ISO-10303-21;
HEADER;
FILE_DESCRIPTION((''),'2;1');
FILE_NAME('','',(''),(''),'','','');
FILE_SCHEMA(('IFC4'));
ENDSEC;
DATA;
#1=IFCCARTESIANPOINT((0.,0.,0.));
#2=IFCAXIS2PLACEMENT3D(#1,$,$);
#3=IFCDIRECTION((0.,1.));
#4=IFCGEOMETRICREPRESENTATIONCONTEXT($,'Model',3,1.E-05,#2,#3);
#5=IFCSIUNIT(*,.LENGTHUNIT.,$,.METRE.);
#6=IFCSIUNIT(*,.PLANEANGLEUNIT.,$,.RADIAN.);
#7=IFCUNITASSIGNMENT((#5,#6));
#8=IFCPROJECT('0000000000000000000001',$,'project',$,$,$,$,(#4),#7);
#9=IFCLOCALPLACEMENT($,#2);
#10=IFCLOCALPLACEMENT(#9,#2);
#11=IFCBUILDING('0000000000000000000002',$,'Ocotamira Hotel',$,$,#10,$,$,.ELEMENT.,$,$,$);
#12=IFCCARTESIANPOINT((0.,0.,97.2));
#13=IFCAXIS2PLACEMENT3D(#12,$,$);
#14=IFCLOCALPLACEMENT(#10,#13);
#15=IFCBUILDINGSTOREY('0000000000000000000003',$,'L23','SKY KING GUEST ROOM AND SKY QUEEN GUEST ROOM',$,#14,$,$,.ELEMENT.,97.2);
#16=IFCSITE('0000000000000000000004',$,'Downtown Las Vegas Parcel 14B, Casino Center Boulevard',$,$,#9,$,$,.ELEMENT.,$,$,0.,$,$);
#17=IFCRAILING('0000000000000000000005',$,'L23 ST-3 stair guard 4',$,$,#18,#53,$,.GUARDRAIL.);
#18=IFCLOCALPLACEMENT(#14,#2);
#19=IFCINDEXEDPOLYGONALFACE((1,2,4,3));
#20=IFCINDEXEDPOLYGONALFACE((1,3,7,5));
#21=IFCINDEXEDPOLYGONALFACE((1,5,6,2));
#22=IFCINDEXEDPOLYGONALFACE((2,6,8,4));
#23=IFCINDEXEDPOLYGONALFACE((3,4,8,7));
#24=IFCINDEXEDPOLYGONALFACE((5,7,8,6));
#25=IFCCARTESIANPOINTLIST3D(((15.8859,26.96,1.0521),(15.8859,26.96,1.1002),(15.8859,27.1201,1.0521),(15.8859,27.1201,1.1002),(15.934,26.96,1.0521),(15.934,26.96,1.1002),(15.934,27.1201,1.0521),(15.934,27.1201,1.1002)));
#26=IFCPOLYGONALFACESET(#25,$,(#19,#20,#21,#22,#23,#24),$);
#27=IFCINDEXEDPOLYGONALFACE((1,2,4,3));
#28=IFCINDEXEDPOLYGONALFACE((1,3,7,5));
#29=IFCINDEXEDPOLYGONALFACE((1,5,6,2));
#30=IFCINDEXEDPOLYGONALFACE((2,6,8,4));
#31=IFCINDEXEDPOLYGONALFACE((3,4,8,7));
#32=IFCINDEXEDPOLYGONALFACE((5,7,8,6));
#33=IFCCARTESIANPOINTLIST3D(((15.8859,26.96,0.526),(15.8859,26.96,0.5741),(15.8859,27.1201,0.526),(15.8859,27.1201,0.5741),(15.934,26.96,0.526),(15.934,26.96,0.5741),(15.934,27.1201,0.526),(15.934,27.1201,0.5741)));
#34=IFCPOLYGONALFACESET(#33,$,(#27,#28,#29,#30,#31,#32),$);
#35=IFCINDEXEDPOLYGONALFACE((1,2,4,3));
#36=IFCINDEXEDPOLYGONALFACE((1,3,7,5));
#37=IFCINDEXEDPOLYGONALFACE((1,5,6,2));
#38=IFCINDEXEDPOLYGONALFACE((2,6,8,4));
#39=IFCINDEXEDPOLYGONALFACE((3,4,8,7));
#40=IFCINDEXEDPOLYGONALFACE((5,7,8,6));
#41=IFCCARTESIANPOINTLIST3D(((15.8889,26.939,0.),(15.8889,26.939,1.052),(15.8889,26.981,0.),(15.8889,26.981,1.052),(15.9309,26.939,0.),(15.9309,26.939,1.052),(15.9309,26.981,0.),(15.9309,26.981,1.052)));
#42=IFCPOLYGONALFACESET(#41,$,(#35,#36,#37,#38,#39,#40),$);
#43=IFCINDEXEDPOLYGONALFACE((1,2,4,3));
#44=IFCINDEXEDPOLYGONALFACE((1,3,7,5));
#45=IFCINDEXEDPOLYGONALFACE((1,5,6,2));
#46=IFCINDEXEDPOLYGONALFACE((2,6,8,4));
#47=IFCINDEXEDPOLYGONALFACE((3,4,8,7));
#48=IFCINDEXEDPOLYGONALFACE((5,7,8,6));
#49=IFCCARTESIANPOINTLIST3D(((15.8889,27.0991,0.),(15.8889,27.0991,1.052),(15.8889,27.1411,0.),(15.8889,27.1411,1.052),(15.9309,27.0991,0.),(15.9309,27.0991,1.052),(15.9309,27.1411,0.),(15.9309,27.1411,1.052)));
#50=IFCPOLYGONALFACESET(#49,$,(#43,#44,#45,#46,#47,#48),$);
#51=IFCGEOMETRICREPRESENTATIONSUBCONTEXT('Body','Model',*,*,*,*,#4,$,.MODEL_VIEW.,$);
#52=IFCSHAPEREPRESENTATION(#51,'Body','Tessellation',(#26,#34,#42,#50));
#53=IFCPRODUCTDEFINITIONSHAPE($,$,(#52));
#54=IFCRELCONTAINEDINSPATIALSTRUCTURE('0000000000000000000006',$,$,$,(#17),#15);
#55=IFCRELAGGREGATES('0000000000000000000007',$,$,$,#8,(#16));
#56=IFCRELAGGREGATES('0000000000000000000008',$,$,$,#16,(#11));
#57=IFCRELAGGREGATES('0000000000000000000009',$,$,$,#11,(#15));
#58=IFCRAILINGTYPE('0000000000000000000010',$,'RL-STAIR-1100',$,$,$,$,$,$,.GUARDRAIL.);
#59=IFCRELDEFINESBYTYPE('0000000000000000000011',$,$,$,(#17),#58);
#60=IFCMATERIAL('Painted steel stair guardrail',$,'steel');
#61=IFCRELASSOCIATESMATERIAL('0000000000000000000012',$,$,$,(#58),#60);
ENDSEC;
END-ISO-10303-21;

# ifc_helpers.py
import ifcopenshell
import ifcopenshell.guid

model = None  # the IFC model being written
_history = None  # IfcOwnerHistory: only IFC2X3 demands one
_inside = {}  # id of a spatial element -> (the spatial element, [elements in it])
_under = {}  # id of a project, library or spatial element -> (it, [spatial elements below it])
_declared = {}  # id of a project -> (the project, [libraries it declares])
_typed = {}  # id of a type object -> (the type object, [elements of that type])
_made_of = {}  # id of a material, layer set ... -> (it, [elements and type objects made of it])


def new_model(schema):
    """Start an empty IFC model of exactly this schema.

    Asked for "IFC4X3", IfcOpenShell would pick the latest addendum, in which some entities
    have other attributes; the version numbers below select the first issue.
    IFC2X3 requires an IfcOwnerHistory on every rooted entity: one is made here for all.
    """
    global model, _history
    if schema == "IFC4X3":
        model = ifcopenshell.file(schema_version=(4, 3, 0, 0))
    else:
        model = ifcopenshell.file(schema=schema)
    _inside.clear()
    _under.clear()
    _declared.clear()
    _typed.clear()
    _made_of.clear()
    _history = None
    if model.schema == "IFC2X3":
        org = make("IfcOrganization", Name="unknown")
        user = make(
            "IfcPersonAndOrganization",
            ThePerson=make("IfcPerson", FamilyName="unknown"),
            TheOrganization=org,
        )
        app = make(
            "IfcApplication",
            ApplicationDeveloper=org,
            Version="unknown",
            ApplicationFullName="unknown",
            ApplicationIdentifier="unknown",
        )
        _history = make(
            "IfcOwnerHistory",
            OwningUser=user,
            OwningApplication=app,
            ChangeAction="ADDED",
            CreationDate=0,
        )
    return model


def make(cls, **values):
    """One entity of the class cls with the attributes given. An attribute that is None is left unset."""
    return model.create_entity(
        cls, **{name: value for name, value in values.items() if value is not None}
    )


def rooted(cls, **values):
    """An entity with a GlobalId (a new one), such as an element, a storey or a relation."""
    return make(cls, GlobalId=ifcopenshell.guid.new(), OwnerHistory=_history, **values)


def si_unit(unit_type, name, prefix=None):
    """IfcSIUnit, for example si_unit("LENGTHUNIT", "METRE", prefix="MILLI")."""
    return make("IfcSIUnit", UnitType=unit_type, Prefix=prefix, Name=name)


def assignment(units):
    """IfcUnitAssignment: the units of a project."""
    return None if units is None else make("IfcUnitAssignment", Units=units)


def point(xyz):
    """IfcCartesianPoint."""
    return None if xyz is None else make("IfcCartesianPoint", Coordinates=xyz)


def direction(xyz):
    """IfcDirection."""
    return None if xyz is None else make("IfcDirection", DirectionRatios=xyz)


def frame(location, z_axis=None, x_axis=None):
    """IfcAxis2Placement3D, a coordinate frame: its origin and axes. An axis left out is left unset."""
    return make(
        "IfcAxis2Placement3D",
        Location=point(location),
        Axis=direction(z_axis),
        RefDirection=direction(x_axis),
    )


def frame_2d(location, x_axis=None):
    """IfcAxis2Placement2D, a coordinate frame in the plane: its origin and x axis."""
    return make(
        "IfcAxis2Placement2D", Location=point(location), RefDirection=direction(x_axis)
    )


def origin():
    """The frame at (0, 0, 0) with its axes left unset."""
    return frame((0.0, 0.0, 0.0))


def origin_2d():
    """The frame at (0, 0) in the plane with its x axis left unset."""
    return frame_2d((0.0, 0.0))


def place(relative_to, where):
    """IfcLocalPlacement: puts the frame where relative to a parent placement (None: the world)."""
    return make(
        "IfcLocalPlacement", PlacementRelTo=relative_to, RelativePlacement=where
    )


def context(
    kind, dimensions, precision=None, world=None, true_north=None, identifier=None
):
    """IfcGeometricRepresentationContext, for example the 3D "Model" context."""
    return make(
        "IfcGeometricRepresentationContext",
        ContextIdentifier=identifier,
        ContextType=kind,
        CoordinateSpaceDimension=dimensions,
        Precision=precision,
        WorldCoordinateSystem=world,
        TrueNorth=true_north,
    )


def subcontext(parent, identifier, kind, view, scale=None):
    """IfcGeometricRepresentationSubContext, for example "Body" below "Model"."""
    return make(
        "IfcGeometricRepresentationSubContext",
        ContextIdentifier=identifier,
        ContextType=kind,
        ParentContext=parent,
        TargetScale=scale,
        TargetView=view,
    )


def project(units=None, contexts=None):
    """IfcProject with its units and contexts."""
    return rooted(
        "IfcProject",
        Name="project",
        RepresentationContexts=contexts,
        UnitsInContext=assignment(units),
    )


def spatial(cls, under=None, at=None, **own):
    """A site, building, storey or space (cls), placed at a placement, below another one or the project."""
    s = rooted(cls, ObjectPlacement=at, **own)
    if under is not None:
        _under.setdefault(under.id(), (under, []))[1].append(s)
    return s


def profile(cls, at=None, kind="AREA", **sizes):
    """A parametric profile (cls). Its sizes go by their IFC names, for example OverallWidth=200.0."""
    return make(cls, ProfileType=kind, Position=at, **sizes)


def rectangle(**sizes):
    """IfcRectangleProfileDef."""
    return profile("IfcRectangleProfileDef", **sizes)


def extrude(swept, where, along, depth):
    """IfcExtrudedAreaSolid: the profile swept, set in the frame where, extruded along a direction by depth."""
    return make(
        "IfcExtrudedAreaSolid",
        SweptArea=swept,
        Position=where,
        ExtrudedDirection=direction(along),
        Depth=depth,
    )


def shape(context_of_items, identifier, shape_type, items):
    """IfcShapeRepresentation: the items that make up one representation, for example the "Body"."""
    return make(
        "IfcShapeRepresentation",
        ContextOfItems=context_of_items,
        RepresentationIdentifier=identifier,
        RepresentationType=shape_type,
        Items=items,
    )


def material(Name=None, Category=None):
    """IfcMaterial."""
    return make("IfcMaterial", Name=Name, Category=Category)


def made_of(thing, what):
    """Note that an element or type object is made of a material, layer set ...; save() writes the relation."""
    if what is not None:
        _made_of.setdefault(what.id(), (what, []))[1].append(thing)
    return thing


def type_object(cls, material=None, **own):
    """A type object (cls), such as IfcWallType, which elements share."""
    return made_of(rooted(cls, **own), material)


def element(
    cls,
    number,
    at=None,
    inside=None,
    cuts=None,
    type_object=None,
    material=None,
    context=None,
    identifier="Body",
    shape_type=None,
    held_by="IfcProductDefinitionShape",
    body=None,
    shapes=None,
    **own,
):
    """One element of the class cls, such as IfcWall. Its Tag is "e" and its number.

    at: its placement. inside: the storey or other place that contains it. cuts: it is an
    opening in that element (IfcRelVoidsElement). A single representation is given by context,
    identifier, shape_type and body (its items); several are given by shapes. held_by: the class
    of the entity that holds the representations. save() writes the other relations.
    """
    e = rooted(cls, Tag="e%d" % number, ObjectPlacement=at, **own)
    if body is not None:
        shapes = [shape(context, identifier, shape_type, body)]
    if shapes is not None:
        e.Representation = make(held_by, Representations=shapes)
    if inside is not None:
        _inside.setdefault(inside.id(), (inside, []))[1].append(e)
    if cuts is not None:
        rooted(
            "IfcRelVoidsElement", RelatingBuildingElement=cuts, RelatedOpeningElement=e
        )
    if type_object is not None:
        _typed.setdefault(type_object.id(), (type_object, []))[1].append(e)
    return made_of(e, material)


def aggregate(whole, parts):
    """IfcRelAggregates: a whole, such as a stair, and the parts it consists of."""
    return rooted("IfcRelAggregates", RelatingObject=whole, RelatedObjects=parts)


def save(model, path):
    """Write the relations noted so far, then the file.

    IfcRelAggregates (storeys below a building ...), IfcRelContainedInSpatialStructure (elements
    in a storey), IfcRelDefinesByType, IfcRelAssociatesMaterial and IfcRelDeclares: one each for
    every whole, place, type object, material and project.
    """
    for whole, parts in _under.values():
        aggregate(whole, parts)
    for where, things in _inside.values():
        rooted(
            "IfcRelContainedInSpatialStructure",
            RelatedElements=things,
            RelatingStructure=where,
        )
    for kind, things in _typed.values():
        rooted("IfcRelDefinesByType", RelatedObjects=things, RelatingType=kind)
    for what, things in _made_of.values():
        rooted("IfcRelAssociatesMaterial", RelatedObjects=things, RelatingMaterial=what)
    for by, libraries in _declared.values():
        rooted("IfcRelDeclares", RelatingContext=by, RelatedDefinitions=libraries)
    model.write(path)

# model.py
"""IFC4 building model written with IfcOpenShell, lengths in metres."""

from ifc_helpers import new_model, si_unit, direction, frame, origin, origin_2d, place, context, subcontext, project, spatial, rectangle, extrude, material, type_object, element, save


model = new_model("IFC4")

# Units and contexts
model_context = context("Model", 3, precision=1e-05, world=origin(), true_north=direction((0.0, 1.0)))
body_context = subcontext(model_context, "Body", "Model", "MODEL_VIEW")
ifc_project = project(units=[si_unit("LENGTHUNIT", "METRE"), si_unit("PLANEANGLEUNIT", "RADIAN")], contexts=[model_context])

# Site, building, storey
site_placement = place(None, origin())
site = spatial("IfcSite", under=ifc_project, at=site_placement, Name="Downtown Las Vegas Parcel 14B, Casino Center Boulevard", CompositionType="ELEMENT", RefElevation=0.0)
building_placement = place(site_placement, origin())
building = spatial("IfcBuilding", under=site, at=building_placement, Name="Ocotamira Hotel", CompositionType="ELEMENT")
storey_placement = place(building_placement, frame((0.0, 0.0, 97.2)))
storey = spatial("IfcBuildingStorey", under=building, at=storey_placement, Name="L23", Description="SKY KING GUEST ROOM AND SKY QUEEN GUEST ROOM", CompositionType="ELEMENT", Elevation=97.2)

# Railing
ifc_material_1 = material(Name="Painted steel stair guardrail", Category="steel")
railing_type_1 = type_object("IfcRailingType", Name="RL-STAIR-1100", PredefinedType="GUARDRAIL", material=ifc_material_1)
railing_1_placement = place(storey_placement, frame((15.9099, 26.96, 0.0)))
element("IfcRailing", 1, at=railing_1_placement, inside=storey, type_object=railing_type_1, Name="L23 ST-3 stair guard 4", PredefinedType="GUARDRAIL", context=body_context, shape_type="SweptSolid", body=[
    extrude(rectangle(XDim=0.0481, YDim=0.0481, at=origin_2d()), frame((0.0, 0.0, 1.0762), z_axis=(0.0, 1.0, 0.0), x_axis=(-1.0, 0.0, 0.0)), (0.0, 0.0, 1.0), 0.1602),
    extrude(rectangle(XDim=0.0481, YDim=0.0481, at=origin_2d()), frame((0.0, 0.0, 0.55), z_axis=(0.0, 1.0, 0.0), x_axis=(-1.0, 0.0, 0.0)), (0.0, 0.0, 1.0), 0.1602),
    extrude(rectangle(XDim=0.042, YDim=0.042, at=origin_2d()), origin(), (0.0, 0.0, 1.0), 1.052),
    extrude(rectangle(XDim=0.042, YDim=0.042, at=origin_2d()), frame((0.0, 0.1602, 0.0)), (0.0, 0.0, 1.0), 1.052),
])

save(model, "model.ifc")
